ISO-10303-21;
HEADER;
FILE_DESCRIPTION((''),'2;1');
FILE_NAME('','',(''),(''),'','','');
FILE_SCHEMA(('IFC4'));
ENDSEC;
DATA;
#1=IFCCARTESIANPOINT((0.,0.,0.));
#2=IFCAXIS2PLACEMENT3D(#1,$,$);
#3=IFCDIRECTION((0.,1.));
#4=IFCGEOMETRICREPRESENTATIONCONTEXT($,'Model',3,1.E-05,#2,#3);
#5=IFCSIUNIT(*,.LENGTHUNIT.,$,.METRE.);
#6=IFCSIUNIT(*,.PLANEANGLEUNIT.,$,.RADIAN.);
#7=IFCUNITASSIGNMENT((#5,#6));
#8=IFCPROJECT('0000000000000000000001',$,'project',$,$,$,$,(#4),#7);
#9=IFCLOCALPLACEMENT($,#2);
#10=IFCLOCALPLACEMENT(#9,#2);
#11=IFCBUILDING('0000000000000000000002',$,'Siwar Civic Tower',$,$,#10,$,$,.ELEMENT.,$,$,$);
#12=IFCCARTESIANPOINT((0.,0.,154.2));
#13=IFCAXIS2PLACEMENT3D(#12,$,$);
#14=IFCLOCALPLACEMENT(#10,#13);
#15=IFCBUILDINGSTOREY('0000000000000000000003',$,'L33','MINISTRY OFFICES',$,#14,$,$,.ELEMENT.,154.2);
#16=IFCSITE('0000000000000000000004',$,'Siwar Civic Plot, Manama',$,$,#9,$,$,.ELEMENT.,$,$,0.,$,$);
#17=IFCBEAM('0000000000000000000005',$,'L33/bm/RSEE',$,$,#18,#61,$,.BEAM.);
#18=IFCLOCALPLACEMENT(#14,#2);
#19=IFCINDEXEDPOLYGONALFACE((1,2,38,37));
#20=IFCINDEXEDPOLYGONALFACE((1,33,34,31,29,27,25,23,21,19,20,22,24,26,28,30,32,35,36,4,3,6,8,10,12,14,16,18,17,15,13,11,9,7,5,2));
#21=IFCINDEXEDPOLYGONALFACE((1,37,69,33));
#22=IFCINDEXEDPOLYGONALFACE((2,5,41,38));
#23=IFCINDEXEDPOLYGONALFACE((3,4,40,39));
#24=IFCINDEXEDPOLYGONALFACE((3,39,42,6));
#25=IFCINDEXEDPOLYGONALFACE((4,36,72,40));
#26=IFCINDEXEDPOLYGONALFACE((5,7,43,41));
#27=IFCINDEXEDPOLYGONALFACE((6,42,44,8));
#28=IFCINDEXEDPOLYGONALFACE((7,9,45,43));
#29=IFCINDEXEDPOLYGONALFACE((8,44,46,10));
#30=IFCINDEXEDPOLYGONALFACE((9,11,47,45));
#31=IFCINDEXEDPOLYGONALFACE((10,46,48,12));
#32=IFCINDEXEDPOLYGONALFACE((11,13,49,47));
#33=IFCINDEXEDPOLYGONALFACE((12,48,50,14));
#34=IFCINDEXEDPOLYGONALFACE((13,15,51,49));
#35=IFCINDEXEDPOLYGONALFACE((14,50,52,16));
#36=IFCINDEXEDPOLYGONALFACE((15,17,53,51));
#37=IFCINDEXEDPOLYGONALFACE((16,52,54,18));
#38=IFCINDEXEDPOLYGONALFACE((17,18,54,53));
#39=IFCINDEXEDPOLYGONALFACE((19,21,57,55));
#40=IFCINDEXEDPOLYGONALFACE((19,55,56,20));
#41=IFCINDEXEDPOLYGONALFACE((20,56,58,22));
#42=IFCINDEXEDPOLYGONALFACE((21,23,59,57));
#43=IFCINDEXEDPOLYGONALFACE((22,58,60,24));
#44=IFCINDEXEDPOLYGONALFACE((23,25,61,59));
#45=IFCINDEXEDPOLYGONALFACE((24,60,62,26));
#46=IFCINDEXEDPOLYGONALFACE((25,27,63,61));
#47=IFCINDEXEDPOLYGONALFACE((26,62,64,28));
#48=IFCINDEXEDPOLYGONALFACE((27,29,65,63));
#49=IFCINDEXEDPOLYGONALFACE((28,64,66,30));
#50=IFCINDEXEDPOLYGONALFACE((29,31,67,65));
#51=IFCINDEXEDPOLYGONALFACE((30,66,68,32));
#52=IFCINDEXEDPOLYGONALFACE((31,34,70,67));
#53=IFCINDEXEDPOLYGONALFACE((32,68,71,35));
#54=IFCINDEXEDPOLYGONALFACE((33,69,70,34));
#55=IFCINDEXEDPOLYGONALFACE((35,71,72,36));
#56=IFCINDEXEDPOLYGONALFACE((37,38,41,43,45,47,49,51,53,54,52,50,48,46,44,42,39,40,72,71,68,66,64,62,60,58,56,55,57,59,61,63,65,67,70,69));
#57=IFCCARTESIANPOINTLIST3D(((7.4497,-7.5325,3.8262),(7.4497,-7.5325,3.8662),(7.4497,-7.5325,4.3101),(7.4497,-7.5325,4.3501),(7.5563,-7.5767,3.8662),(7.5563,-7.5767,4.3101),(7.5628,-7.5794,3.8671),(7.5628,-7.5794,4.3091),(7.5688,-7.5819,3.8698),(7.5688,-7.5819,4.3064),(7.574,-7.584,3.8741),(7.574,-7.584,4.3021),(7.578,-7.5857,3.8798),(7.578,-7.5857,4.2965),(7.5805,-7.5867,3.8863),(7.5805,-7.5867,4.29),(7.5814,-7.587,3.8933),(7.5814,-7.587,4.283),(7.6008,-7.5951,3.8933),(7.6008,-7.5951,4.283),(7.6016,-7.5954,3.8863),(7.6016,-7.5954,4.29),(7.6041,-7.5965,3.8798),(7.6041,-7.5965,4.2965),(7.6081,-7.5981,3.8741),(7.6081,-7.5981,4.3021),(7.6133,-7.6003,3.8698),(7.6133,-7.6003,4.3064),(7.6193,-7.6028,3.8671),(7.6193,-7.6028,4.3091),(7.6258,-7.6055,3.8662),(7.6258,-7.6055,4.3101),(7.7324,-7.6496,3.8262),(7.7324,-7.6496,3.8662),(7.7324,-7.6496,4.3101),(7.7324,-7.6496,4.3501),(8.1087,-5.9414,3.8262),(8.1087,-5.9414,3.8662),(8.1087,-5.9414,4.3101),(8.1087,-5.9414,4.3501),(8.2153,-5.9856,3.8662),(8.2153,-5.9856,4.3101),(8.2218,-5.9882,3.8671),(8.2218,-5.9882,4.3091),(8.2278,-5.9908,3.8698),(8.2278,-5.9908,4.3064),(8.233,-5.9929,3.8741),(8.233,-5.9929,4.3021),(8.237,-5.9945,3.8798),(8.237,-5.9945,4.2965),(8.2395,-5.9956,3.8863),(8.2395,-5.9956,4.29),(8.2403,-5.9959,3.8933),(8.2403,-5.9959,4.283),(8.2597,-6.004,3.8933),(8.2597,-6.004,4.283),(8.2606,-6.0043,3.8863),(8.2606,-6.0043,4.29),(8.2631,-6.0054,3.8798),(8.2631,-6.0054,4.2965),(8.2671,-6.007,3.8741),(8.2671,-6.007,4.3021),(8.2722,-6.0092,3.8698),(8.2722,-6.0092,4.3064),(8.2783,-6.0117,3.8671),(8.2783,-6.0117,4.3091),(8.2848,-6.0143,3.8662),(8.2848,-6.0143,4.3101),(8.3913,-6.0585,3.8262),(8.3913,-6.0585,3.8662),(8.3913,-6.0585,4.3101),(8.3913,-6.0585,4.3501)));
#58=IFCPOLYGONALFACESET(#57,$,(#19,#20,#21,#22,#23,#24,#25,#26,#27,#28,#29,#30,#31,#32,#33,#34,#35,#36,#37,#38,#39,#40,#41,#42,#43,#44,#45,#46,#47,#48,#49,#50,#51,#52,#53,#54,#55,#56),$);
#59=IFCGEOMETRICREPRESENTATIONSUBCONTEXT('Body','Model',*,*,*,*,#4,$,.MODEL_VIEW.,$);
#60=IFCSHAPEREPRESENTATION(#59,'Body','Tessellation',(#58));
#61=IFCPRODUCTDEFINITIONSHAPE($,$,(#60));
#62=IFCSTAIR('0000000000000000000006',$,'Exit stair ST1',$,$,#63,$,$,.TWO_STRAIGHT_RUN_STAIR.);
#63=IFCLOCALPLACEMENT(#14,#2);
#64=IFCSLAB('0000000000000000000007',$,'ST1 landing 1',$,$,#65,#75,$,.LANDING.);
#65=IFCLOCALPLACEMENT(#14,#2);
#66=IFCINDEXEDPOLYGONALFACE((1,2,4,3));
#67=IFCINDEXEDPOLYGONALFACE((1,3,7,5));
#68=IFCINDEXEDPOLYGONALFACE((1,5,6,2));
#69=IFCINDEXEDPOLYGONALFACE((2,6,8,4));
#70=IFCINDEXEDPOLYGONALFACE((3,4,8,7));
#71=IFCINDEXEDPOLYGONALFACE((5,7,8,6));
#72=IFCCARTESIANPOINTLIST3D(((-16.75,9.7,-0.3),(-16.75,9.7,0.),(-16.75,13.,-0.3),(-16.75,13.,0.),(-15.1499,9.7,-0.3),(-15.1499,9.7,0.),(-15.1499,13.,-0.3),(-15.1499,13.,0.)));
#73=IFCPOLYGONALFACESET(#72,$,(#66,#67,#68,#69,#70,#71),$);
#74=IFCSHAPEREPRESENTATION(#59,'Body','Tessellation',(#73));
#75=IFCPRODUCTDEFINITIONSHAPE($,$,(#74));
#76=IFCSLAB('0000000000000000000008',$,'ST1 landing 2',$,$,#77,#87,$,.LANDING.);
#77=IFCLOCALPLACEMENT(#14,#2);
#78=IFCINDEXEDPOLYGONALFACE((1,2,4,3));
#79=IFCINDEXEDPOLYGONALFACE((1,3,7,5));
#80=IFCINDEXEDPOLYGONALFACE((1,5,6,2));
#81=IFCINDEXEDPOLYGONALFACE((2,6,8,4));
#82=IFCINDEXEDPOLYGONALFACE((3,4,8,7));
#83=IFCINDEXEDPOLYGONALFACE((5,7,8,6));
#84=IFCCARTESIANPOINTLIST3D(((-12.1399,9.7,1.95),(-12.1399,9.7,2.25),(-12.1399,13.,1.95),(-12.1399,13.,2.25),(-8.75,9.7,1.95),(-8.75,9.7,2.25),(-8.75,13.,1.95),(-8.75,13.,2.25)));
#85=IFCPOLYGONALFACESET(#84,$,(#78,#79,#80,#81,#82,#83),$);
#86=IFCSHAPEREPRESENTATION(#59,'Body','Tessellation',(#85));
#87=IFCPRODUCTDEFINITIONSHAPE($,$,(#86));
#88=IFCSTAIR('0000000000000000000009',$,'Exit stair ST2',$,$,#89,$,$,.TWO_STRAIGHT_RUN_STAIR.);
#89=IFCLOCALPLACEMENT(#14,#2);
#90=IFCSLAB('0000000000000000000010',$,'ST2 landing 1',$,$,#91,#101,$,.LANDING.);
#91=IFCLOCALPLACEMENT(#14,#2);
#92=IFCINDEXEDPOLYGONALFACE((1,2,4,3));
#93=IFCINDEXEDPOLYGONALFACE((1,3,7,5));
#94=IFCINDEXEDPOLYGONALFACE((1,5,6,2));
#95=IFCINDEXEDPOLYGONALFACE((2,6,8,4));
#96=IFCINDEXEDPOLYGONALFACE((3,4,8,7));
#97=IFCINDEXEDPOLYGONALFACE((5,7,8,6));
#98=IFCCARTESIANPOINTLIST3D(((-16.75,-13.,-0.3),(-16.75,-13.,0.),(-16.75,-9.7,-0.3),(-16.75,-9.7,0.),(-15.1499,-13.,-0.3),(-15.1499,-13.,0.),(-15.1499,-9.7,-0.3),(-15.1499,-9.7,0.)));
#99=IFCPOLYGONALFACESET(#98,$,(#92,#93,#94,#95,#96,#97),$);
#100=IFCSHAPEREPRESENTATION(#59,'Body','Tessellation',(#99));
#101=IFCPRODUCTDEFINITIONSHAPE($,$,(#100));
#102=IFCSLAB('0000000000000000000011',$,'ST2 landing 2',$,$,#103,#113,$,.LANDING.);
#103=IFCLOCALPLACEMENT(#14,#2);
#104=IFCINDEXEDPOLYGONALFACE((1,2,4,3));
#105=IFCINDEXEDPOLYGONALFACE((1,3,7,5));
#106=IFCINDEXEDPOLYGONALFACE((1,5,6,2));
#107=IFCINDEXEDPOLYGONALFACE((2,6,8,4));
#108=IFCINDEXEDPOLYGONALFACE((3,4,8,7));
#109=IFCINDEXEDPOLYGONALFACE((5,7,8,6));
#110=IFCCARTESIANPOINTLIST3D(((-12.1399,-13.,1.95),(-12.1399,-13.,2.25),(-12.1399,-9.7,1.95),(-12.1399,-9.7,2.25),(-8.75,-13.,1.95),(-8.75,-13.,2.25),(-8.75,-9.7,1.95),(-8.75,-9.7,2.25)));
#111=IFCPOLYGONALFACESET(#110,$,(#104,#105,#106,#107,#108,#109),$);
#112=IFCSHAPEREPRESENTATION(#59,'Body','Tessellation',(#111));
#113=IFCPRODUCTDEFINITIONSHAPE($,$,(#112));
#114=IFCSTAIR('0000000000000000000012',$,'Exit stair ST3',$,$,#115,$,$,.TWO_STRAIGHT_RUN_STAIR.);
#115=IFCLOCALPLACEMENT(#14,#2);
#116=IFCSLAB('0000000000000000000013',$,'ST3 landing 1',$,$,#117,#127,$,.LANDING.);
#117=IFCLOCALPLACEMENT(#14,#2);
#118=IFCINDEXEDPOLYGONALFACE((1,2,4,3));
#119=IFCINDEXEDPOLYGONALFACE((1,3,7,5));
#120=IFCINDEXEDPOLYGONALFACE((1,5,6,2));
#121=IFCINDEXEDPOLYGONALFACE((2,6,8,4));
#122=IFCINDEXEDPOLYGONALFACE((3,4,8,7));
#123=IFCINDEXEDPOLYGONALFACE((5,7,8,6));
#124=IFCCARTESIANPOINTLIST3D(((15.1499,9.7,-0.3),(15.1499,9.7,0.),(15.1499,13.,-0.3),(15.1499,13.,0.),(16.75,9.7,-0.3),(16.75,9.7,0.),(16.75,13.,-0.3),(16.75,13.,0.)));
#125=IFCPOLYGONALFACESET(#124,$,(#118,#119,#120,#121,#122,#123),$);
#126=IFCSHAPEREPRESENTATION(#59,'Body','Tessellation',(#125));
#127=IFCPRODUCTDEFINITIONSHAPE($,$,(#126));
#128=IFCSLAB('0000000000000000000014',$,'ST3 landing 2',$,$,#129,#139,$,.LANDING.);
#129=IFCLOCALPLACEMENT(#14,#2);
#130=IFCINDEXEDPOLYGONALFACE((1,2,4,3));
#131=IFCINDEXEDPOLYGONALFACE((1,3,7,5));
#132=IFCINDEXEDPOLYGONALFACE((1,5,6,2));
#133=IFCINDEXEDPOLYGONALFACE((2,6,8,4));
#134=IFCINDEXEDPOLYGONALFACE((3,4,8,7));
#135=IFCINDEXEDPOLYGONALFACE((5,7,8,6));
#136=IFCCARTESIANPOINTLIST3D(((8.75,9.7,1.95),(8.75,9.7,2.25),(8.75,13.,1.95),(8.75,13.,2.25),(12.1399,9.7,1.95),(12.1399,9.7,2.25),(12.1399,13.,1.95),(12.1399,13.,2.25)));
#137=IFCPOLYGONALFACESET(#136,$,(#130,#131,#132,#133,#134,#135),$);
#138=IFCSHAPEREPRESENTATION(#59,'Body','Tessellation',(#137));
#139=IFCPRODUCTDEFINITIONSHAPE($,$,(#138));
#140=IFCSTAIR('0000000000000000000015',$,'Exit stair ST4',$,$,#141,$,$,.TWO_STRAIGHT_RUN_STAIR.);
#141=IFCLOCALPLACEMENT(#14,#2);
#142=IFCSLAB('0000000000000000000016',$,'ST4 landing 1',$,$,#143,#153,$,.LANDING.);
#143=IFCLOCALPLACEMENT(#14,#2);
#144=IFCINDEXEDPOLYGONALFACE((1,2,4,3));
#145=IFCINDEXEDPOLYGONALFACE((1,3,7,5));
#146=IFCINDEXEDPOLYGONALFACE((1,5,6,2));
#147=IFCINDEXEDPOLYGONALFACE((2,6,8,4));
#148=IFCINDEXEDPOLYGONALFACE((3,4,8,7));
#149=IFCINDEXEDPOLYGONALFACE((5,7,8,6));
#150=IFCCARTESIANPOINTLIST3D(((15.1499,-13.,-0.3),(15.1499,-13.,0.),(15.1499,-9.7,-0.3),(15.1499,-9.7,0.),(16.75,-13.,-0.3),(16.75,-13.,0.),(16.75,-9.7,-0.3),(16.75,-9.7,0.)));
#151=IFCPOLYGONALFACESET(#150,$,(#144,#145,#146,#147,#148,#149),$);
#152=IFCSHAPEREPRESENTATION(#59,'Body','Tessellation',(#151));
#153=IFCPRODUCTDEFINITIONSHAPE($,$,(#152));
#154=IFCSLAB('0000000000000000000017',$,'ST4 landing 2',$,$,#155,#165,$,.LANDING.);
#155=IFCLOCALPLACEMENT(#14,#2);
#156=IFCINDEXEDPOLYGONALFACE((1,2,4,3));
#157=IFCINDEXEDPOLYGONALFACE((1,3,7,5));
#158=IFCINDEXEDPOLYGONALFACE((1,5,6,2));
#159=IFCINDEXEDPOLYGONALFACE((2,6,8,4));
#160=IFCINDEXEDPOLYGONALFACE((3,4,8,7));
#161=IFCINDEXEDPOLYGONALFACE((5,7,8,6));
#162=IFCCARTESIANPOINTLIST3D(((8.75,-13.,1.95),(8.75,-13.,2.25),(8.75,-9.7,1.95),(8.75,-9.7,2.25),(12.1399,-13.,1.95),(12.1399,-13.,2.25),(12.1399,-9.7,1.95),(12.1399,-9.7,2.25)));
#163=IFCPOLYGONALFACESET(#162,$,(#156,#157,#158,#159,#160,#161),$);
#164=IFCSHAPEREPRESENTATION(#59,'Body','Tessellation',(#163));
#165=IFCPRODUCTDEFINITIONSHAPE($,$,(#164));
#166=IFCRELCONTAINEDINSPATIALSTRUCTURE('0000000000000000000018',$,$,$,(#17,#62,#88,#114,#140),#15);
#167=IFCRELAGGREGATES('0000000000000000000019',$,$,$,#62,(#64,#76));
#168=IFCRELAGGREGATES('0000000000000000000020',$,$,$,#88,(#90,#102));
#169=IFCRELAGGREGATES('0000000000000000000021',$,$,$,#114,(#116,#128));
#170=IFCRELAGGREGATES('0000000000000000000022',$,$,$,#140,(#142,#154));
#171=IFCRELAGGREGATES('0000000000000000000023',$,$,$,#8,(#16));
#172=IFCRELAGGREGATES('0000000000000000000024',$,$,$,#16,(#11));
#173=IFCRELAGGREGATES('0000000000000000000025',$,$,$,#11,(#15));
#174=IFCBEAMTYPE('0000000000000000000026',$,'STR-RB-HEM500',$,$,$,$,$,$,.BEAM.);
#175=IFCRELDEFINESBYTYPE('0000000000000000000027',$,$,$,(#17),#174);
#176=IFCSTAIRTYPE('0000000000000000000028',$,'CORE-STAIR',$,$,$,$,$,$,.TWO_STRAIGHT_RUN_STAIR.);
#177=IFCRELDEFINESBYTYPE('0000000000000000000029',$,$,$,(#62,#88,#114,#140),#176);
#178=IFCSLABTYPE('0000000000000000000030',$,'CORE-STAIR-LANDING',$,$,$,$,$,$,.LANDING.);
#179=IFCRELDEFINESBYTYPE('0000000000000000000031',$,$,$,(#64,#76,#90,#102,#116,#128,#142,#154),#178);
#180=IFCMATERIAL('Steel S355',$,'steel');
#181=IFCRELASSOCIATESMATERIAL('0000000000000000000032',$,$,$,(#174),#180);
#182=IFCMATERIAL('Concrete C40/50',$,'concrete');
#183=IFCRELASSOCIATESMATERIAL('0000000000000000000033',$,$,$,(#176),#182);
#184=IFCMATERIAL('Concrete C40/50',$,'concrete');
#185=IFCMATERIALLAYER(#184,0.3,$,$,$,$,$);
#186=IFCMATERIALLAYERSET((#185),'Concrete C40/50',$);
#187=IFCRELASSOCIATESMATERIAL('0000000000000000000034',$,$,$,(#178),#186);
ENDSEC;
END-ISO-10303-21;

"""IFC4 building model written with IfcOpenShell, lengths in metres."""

from ifc_helpers import new_model, si_unit, direction, frame, origin, origin_2d, place, context, subcontext, project, spatial, polyline, i_section, outline, extrude, material, layer, layer_set, material_profile, profile_set, type_object, element, aggregate, save


model = new_model("IFC4")

# Units and contexts
model_context = context("Model", 3, precision=1e-05, world=origin(), true_north=direction((0.0, 1.0)))
body_context = subcontext(model_context, "Body", "Model", "MODEL_VIEW")
ifc_project = project(units=[si_unit("LENGTHUNIT", "METRE"), si_unit("PLANEANGLEUNIT", "RADIAN")], contexts=[model_context])

# Site, building, storey
site_placement = place(None, origin())
site = spatial("IfcSite", under=ifc_project, at=site_placement, Name="Siwar Civic Plot, Manama", CompositionType="ELEMENT", RefElevation=0.0)
building_placement = place(site_placement, origin())
building = spatial("IfcBuilding", under=site, at=building_placement, Name="Siwar Civic Tower", CompositionType="ELEMENT")
storey_placement = place(building_placement, frame((0.0, 0.0, 154.2)))
storey = spatial("IfcBuildingStorey", under=building, at=storey_placement, Name="L33", Description="MINISTRY OFFICES", CompositionType="ELEMENT", Elevation=154.2)

# Beam
ifc_material_1 = material(Name="Steel S355", Category="steel")
ifc_material_profile = material_profile(ifc_material_1, i_section(OverallWidth=0.3059, OverallDepth=0.5239, WebThickness=0.021, FlangeThickness=0.04, FilletRadius=0.0271, at=origin_2d()), Name="HEM500")
ifc_profile_set = profile_set([ifc_material_profile], Name="Steel S355")
beam_type = type_object("IfcBeamType", Name="STR-RB-HEM500", PredefinedType="BEAM", material=ifc_profile_set)
beam_placement = place(storey_placement, frame((7.5911, -7.5911, 4.0881), z_axis=(0.382631, 0.923901, 0.0), x_axis=(-0.923901, 0.382631, 0.0)))
element("IfcBeam", 1, at=beam_placement, inside=storey, type_object=beam_type, Name="L33/bm/RSEE", PredefinedType="BEAM", context=body_context, shape_type="SweptSolid", body=[
    extrude(i_section(OverallWidth=0.3059, OverallDepth=0.5239, WebThickness=0.021, FlangeThickness=0.04, FilletRadius=0.0271, at=origin_2d()), origin(), (0.0, 0.0, 1.0), 1.7222),
])

# Stairs, slabs
ifc_material_2 = material(Name="Concrete C40/50", Category="concrete")
stair_type = type_object("IfcStairType", Name="CORE-STAIR", PredefinedType="TWO_STRAIGHT_RUN_STAIR", material=ifc_material_2)
stair_1_placement = place(storey_placement, origin())
stair_1 = element("IfcStair", 2, at=stair_1_placement, inside=storey, type_object=stair_type, Name="Exit stair ST1", PredefinedType="TWO_STRAIGHT_RUN_STAIR")
ifc_material_3 = material(Name="Concrete C40/50", Category="concrete")
ifc_layer_1 = layer(ifc_material_3, 0.3)
ifc_layer_set_1 = layer_set([ifc_layer_1], Name="Concrete C40/50")
slab_type = type_object("IfcSlabType", Name="CORE-STAIR-LANDING", PredefinedType="LANDING", material=ifc_layer_set_1)
slab_1_placement = place(storey_placement, frame((0.0, 0.0, -0.3)))
slab_1 = element("IfcSlab", 3, at=slab_1_placement, type_object=slab_type, Name="ST1 landing 1", PredefinedType="LANDING", context=body_context, shape_type="SweptSolid", body=[
    extrude(outline(polyline([(-15.1499, 13.0), (-16.75, 13.0), (-16.75, 9.7), (-15.1499, 9.7), (-15.1499, 13.0)])), origin(), (0.0, 0.0, 1.0), 0.3),
])
slab_2_placement = place(storey_placement, frame((0.0, 0.0, 1.95)))
slab_2 = element("IfcSlab", 4, at=slab_2_placement, type_object=slab_type, Name="ST1 landing 2", PredefinedType="LANDING", context=body_context, shape_type="SweptSolid", body=[
    extrude(outline(polyline([(-8.75, 13.0), (-12.1399, 13.0), (-12.1399, 9.7), (-8.75, 9.7), (-8.75, 13.0)])), origin(), (0.0, 0.0, 1.0), 0.3),
])
aggregate(stair_1, [slab_1, slab_2])
stair_2_placement = place(storey_placement, origin())
stair_2 = element("IfcStair", 5, at=stair_2_placement, inside=storey, type_object=stair_type, Name="Exit stair ST2", PredefinedType="TWO_STRAIGHT_RUN_STAIR")
slab_3_placement = place(storey_placement, frame((0.0, 0.0, -0.3)))
slab_3 = element("IfcSlab", 6, at=slab_3_placement, type_object=slab_type, Name="ST2 landing 1", PredefinedType="LANDING", context=body_context, shape_type="SweptSolid", body=[
    extrude(outline(polyline([(-15.1499, -9.7), (-16.75, -9.7), (-16.75, -13.0), (-15.1499, -13.0), (-15.1499, -9.7)])), origin(), (0.0, 0.0, 1.0), 0.3),
])
slab_4_placement = place(storey_placement, frame((0.0, 0.0, 1.95)))
slab_4 = element("IfcSlab", 7, at=slab_4_placement, type_object=slab_type, Name="ST2 landing 2", PredefinedType="LANDING", context=body_context, shape_type="SweptSolid", body=[
    extrude(outline(polyline([(-8.75, -9.7), (-12.1399, -9.7), (-12.1399, -13.0), (-8.75, -13.0), (-8.75, -9.7)])), origin(), (0.0, 0.0, 1.0), 0.3),
])
aggregate(stair_2, [slab_3, slab_4])
stair_3_placement = place(storey_placement, origin())
stair_3 = element("IfcStair", 8, at=stair_3_placement, inside=storey, type_object=stair_type, Name="Exit stair ST3", PredefinedType="TWO_STRAIGHT_RUN_STAIR")
slab_5_placement = place(storey_placement, frame((0.0, 0.0, -0.3)))
slab_5 = element("IfcSlab", 9, at=slab_5_placement, type_object=slab_type, Name="ST3 landing 1", PredefinedType="LANDING", context=body_context, shape_type="SweptSolid", body=[
    extrude(outline(polyline([(15.1499, 9.7), (16.75, 9.7), (16.75, 13.0), (15.1499, 13.0), (15.1499, 9.7)])), origin(), (0.0, 0.0, 1.0), 0.3),
])
slab_6_placement = place(storey_placement, frame((0.0, 0.0, 1.95)))
slab_6 = element("IfcSlab", 10, at=slab_6_placement, type_object=slab_type, Name="ST3 landing 2", PredefinedType="LANDING", context=body_context, shape_type="SweptSolid", body=[
    extrude(outline(polyline([(8.75, 9.7), (12.1399, 9.7), (12.1399, 13.0), (8.75, 13.0), (8.75, 9.7)])), origin(), (0.0, 0.0, 1.0), 0.3),
])
aggregate(stair_3, [slab_5, slab_6])
stair_4_placement = place(storey_placement, origin())
stair_4 = element("IfcStair", 11, at=stair_4_placement, inside=storey, type_object=stair_type, Name="Exit stair ST4", PredefinedType="TWO_STRAIGHT_RUN_STAIR")
slab_7_placement = place(storey_placement, frame((0.0, 0.0, -0.3)))
slab_7 = element("IfcSlab", 12, at=slab_7_placement, type_object=slab_type, Name="ST4 landing 1", PredefinedType="LANDING", context=body_context, shape_type="SweptSolid", body=[
    extrude(outline(polyline([(15.1499, -13.0), (16.75, -13.0), (16.75, -9.7), (15.1499, -9.7), (15.1499, -13.0)])), origin(), (0.0, 0.0, 1.0), 0.3),
])
slab_8_placement = place(storey_placement, frame((0.0, 0.0, 1.95)))
slab_8 = element("IfcSlab", 13, at=slab_8_placement, type_object=slab_type, Name="ST4 landing 2", PredefinedType="LANDING", context=body_context, shape_type="SweptSolid", body=[
    extrude(outline(polyline([(8.75, -13.0), (12.1399, -13.0), (12.1399, -9.7), (8.75, -9.7), (8.75, -13.0)])), origin(), (0.0, 0.0, 1.0), 0.3),
])
aggregate(stair_4, [slab_7, slab_8])

save(model, "model.ifc")
